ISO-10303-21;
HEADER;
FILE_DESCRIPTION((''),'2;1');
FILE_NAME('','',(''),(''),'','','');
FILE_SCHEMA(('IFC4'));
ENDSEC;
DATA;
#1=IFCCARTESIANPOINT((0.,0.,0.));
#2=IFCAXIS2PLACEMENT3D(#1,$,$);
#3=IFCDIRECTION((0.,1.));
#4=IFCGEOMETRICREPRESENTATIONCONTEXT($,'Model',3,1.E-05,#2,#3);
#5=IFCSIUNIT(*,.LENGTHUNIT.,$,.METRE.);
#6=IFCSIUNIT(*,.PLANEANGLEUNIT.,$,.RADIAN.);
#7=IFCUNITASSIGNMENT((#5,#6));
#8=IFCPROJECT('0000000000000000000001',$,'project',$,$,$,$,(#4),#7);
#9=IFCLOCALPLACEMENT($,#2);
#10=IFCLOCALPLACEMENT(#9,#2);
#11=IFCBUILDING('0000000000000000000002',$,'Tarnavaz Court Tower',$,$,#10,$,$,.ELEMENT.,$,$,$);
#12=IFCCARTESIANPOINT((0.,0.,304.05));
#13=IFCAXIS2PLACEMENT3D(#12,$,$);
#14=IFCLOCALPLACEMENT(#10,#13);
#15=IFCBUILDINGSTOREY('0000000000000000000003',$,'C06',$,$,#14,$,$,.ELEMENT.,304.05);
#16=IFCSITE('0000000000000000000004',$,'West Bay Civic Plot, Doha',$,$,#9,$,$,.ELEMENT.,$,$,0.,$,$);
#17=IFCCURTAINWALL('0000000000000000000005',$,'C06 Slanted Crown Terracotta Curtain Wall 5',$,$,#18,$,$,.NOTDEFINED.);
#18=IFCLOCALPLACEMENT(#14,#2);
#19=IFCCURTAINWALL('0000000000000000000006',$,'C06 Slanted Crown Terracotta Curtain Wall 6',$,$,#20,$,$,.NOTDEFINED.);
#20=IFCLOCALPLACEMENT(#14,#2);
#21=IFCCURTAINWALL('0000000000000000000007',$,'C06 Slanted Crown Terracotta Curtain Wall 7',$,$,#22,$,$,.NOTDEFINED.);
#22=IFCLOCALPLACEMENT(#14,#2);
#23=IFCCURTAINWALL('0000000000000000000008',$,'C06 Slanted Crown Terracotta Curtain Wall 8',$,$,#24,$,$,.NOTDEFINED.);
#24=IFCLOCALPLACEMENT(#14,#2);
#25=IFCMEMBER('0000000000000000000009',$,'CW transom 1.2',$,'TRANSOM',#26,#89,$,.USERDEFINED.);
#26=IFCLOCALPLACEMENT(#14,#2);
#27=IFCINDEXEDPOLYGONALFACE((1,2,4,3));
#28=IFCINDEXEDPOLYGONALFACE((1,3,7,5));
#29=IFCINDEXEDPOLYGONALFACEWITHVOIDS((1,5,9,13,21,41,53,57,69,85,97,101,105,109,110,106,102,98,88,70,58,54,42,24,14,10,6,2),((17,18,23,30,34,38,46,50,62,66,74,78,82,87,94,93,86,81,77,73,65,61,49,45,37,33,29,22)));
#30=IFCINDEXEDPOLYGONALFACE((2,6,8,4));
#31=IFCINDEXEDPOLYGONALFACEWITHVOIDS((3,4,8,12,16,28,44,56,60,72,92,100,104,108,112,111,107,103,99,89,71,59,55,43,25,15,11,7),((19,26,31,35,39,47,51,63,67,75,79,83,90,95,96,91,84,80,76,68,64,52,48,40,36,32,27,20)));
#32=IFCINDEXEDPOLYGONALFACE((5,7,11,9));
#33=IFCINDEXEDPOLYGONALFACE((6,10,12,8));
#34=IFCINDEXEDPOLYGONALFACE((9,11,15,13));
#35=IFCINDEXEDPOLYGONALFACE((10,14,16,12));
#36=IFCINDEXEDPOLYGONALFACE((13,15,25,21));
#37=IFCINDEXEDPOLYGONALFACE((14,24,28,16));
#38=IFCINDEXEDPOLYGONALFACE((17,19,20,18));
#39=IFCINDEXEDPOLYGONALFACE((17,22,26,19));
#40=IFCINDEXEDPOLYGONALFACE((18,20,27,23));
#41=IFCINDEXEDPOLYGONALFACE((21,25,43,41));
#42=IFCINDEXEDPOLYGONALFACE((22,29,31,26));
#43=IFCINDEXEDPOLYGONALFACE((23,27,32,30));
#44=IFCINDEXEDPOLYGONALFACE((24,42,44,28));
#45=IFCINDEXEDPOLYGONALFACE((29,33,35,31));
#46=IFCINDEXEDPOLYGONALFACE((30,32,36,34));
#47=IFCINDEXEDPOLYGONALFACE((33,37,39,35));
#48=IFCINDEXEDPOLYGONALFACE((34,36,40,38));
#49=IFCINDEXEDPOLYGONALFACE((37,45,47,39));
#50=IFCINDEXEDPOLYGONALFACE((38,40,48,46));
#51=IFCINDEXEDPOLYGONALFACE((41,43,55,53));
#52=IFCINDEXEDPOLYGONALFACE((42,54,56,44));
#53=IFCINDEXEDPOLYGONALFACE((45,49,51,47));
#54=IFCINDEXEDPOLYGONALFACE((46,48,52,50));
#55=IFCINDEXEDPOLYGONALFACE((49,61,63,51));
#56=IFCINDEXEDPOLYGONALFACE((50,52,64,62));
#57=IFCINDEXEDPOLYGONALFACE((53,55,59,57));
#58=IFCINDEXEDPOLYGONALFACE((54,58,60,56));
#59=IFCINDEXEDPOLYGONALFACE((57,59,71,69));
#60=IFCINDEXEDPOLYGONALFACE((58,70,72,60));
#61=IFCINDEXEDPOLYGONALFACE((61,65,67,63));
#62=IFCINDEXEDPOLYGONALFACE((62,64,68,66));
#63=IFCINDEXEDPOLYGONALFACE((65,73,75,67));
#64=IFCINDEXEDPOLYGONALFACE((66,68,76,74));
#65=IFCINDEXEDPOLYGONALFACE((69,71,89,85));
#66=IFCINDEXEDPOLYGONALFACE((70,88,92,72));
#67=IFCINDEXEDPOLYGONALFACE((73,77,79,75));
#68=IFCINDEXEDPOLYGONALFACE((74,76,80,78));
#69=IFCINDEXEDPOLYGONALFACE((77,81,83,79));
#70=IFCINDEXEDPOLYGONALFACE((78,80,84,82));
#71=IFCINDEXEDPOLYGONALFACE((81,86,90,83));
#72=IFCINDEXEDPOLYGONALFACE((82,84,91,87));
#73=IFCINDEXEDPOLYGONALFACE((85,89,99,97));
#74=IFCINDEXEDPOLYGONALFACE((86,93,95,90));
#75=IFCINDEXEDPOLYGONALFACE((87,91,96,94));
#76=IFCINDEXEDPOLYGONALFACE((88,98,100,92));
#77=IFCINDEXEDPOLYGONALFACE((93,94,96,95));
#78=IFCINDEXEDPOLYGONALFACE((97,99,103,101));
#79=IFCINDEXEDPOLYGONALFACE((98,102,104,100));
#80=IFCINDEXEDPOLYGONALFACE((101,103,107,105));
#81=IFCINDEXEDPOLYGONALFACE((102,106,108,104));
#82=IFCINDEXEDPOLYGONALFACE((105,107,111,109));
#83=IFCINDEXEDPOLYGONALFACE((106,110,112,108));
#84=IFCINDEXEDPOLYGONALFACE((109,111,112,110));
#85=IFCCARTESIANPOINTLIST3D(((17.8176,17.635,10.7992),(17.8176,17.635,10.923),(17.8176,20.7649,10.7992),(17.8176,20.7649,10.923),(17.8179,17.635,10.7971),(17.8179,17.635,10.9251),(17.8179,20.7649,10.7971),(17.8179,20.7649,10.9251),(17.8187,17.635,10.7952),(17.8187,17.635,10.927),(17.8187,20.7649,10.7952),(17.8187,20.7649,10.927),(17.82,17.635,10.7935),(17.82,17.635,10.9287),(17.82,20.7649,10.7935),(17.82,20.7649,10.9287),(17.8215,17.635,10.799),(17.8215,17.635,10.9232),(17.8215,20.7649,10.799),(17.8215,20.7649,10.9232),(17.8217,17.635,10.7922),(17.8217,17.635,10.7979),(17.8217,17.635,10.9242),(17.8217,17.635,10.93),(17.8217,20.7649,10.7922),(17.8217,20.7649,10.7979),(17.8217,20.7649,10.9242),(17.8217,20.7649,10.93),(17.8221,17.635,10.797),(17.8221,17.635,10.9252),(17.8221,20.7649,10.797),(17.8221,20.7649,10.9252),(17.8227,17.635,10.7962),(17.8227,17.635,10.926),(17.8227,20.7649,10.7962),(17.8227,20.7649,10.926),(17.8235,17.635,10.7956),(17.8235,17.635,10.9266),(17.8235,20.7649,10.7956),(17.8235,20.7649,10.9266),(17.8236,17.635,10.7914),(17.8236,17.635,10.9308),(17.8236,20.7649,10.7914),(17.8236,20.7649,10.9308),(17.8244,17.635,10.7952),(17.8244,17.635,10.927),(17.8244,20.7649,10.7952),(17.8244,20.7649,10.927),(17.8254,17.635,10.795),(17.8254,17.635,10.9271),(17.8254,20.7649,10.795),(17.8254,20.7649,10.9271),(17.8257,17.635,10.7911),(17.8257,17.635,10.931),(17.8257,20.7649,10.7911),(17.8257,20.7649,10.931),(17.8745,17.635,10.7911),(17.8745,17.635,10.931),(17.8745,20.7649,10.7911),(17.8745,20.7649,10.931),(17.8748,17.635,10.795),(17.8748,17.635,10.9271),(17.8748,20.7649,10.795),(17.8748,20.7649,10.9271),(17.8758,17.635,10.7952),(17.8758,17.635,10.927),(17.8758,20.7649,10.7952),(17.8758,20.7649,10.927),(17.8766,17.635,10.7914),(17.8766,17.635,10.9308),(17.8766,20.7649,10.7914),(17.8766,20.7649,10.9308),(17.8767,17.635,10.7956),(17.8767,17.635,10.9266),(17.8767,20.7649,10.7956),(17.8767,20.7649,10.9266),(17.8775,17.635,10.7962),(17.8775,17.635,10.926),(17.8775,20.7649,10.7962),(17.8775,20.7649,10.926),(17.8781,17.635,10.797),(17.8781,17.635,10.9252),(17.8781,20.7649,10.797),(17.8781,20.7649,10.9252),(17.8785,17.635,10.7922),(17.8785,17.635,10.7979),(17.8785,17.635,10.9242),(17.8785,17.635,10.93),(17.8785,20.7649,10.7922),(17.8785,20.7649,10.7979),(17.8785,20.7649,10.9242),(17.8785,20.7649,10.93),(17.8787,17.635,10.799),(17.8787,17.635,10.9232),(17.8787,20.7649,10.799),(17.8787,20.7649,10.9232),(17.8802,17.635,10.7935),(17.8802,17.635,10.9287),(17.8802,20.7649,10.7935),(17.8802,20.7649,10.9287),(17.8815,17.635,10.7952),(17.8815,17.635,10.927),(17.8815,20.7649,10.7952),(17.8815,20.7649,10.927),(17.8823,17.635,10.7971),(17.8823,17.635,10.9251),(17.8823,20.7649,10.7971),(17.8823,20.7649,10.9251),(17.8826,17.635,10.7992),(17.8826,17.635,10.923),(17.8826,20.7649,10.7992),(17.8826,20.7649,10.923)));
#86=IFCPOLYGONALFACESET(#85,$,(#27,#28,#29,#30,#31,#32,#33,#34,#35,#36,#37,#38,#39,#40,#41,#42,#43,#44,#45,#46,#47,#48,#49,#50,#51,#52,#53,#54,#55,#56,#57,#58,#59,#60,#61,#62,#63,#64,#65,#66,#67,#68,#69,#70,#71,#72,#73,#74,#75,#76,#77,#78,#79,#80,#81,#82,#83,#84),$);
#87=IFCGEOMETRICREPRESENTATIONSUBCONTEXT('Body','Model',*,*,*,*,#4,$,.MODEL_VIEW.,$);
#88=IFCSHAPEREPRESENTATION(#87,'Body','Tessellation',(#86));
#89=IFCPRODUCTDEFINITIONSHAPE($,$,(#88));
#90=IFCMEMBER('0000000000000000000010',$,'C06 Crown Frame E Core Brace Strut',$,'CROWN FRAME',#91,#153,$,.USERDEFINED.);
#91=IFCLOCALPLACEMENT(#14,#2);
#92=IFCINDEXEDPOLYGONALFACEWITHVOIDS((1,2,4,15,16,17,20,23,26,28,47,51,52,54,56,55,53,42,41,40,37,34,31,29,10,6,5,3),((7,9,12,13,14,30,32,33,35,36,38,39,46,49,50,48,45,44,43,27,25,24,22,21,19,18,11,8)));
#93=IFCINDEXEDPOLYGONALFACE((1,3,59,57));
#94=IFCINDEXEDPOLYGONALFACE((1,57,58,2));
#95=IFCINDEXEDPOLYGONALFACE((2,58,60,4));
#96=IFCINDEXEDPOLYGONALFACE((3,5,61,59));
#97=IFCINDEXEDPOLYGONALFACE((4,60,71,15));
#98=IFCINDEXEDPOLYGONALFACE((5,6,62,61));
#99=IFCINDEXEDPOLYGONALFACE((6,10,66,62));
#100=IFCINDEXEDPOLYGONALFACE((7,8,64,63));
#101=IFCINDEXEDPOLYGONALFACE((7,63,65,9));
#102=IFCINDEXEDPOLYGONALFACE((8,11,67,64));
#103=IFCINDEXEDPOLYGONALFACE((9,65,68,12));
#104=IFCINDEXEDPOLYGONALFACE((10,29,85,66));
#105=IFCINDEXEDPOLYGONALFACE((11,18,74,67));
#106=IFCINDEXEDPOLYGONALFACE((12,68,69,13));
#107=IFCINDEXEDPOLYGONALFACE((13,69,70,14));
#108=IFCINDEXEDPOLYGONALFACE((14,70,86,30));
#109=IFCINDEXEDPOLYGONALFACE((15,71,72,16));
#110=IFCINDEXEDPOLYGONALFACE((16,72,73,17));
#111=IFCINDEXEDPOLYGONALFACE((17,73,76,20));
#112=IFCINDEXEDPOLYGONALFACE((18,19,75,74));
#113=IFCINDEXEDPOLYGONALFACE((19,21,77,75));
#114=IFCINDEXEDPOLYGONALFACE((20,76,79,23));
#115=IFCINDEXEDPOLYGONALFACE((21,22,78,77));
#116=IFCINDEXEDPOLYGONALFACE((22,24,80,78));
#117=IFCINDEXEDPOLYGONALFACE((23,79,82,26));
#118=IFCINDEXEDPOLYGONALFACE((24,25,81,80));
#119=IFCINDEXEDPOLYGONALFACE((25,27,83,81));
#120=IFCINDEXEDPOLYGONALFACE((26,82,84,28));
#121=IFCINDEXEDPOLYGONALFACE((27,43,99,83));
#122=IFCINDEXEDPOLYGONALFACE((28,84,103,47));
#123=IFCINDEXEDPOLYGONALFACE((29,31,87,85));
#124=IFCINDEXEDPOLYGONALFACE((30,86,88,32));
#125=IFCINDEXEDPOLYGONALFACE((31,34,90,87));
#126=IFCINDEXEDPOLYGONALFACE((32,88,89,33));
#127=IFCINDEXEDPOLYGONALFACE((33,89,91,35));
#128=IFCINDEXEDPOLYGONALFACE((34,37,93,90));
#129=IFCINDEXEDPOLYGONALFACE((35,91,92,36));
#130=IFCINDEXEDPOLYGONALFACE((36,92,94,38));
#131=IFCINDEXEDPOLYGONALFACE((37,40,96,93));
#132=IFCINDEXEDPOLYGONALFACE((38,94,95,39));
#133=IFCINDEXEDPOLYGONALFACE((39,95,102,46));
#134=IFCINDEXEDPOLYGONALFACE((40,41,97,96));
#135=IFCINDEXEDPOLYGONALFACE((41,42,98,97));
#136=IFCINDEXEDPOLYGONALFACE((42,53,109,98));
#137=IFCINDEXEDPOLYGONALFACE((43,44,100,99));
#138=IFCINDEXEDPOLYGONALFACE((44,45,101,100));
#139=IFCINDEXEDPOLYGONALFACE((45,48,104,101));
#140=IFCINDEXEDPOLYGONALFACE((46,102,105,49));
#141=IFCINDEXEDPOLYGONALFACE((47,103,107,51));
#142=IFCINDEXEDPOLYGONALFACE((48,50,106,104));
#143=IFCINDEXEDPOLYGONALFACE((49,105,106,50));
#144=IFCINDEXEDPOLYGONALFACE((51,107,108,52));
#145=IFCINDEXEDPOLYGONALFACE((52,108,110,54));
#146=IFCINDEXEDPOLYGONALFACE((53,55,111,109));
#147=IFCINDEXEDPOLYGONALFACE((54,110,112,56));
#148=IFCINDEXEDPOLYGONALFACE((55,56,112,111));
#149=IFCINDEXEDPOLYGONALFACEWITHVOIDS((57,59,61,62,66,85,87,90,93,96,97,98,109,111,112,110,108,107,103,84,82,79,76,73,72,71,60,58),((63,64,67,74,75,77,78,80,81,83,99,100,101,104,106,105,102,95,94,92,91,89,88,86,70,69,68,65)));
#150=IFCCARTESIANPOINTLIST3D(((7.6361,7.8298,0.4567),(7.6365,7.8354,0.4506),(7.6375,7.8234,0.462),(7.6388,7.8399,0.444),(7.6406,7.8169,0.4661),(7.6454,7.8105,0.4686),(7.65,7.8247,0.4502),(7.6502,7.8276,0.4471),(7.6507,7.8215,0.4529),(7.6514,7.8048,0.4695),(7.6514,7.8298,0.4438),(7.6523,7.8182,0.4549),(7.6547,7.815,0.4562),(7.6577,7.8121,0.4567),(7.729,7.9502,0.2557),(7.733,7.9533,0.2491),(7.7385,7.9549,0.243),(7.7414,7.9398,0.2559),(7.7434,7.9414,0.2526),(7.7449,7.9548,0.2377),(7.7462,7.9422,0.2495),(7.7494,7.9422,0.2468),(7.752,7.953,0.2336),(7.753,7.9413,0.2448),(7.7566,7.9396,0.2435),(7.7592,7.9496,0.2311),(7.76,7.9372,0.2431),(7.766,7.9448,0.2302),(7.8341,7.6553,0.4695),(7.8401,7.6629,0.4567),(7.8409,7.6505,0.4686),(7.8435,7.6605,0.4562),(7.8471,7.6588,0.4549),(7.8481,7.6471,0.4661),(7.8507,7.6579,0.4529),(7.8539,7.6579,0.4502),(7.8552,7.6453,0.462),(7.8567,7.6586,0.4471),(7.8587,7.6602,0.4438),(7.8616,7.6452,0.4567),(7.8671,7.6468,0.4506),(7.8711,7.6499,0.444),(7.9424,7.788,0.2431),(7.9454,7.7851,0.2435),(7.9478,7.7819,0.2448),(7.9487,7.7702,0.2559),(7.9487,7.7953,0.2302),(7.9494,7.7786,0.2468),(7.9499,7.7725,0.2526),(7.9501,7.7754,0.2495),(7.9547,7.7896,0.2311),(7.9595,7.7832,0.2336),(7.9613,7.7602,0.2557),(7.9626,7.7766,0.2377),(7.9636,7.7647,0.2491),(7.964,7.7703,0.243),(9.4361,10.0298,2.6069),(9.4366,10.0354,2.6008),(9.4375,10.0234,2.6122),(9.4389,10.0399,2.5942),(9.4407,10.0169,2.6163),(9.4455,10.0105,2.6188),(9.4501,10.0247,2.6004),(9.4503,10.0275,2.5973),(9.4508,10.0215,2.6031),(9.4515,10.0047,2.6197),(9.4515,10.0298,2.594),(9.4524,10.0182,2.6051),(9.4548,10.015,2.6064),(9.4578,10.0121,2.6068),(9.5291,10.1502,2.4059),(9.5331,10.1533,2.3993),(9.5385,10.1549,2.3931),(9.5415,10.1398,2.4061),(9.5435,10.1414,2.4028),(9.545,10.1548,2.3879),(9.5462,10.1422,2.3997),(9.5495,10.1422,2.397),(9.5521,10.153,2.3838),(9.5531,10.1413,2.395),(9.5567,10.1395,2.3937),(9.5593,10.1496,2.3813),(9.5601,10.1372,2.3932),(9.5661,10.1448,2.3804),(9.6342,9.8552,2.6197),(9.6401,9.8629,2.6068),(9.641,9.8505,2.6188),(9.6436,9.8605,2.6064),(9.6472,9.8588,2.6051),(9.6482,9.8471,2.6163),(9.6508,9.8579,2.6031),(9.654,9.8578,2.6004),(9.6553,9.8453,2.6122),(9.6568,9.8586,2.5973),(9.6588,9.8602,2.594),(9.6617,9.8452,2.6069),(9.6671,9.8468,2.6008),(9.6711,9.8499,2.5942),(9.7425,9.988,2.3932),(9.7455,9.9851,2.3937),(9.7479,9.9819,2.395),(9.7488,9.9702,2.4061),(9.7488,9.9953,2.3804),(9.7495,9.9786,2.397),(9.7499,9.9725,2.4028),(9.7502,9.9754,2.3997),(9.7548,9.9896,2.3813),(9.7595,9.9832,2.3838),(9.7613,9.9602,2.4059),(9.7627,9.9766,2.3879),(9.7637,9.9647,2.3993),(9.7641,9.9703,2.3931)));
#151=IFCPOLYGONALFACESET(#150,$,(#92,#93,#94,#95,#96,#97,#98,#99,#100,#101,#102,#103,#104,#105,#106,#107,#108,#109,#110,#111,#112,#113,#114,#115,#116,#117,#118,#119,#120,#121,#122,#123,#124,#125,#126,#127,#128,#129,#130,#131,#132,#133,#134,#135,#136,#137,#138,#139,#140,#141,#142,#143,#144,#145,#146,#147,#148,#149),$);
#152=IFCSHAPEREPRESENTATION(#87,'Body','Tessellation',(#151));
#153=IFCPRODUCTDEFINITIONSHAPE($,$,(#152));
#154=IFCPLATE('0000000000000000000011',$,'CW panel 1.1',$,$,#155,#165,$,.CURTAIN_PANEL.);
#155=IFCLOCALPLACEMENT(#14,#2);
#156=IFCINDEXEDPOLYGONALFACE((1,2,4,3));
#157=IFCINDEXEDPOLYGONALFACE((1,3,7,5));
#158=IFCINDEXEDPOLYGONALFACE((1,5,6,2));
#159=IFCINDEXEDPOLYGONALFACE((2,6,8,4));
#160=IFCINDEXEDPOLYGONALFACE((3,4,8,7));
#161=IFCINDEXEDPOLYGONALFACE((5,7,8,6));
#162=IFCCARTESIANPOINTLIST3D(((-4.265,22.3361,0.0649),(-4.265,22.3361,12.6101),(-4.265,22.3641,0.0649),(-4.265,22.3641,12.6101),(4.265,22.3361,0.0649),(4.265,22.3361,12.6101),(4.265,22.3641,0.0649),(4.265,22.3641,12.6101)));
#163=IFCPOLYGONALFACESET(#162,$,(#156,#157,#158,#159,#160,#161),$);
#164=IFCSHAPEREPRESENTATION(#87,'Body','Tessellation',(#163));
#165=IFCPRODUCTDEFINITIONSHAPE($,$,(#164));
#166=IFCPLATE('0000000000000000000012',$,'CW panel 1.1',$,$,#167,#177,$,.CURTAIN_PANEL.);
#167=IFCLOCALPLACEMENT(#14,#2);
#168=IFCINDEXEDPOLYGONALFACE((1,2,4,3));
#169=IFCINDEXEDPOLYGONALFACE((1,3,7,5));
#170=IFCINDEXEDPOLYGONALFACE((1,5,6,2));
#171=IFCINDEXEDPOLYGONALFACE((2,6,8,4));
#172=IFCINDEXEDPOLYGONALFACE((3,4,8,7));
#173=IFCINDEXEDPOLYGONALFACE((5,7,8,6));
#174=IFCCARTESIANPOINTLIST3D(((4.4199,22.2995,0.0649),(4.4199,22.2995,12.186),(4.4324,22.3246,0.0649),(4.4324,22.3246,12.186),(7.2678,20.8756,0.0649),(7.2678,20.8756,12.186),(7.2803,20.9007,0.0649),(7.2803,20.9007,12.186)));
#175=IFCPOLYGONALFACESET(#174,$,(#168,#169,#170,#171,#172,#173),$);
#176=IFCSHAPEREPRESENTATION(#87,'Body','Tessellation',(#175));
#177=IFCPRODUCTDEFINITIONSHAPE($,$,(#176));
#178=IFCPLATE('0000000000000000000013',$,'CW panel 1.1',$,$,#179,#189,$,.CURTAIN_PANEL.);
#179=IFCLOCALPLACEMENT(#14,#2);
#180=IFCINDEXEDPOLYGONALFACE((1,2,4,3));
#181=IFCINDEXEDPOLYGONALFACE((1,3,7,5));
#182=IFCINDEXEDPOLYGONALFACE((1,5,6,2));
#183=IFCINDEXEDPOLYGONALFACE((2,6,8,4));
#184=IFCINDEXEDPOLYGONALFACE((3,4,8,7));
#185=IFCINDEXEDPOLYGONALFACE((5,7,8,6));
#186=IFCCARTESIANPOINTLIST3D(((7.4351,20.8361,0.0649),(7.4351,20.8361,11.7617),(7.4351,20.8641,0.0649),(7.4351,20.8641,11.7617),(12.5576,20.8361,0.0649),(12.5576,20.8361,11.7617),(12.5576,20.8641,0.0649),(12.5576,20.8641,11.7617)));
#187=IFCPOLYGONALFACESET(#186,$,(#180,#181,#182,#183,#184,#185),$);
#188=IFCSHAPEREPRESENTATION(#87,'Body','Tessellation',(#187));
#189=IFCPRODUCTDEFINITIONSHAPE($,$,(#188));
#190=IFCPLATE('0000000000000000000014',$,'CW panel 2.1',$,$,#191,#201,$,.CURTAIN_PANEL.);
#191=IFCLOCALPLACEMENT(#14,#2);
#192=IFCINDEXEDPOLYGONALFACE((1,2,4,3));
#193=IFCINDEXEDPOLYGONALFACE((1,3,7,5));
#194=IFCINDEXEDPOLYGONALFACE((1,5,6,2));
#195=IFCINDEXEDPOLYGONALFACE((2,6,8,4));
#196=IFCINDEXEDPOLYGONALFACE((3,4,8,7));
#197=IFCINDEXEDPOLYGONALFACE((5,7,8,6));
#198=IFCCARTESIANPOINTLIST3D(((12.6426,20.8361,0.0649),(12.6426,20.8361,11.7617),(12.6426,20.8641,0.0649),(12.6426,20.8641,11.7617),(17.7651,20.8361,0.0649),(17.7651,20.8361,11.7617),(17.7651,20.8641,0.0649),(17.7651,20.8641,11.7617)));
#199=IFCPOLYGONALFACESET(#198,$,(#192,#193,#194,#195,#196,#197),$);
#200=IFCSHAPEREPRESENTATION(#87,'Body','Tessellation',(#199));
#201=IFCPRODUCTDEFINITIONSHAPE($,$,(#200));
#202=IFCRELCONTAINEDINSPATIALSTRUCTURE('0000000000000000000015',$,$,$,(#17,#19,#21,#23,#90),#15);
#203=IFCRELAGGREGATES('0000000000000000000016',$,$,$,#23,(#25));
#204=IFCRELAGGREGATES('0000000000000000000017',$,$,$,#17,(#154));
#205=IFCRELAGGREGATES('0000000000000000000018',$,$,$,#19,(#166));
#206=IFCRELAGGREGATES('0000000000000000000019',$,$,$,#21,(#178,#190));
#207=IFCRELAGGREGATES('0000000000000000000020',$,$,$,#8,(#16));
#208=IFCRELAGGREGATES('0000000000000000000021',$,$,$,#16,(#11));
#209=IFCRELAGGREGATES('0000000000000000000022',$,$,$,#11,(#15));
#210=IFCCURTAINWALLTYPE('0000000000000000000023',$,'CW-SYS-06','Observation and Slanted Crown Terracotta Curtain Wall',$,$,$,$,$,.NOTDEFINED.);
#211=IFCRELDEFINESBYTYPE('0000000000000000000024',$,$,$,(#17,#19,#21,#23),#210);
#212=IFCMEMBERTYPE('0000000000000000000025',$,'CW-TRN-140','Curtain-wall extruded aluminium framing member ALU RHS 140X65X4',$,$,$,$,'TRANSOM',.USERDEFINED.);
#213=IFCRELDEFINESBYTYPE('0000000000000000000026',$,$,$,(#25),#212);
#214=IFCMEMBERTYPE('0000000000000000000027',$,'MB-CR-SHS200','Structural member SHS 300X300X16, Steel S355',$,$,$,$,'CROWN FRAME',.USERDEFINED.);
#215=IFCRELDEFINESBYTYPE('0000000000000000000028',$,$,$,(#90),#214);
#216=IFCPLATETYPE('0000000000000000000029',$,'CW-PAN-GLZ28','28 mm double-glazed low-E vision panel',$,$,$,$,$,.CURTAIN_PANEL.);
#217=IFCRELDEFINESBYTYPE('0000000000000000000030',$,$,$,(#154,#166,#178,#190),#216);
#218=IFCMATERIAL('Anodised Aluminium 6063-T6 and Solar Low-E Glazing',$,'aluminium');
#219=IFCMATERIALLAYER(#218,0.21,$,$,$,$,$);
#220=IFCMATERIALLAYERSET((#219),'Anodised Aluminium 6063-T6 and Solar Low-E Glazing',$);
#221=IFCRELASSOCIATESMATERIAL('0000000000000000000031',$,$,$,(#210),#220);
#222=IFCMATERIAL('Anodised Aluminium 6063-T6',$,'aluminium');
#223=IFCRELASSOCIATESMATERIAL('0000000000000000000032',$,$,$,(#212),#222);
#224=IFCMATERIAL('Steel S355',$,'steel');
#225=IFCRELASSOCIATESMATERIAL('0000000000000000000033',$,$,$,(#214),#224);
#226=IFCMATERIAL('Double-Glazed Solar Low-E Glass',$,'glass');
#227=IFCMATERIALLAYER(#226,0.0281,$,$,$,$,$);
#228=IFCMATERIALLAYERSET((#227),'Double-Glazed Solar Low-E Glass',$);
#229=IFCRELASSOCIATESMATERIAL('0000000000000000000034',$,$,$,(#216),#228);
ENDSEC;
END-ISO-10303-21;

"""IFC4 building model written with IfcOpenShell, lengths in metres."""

from ifc_helpers import new_model, si_unit, direction, frame, origin, origin_2d, place, context, subcontext, project, spatial, rectangle, hollow_rectangle, extrude, material, layer, layer_set, material_profile, profile_set, type_object, element, aggregate, save


model = new_model("IFC4")

# Units and contexts
model_context = context("Model", 3, precision=1e-05, world=origin(), true_north=direction((0.0, 1.0)))
body_context = subcontext(model_context, "Body", "Model", "MODEL_VIEW")
ifc_project = project(units=[si_unit("LENGTHUNIT", "METRE"), si_unit("PLANEANGLEUNIT", "RADIAN")], contexts=[model_context])

# Site, building, storey
site_placement = place(None, origin())
site = spatial("IfcSite", under=ifc_project, at=site_placement, Name="West Bay Civic Plot, Doha", CompositionType="ELEMENT", RefElevation=0.0)
building_placement = place(site_placement, origin())
building = spatial("IfcBuilding", under=site, at=building_placement, Name="Tarnavaz Court Tower", CompositionType="ELEMENT")
storey_placement = place(building_placement, frame((0.0, 0.0, 304.05)))
storey = spatial("IfcBuildingStorey", under=building, at=storey_placement, Name="C06", CompositionType="ELEMENT", Elevation=304.05)

# Shared definitions
ifc_material_1 = material(Name="Steel S355", Category="steel")

# Curtain wall
ifc_material_2 = material(Name="Anodised Aluminium 6063-T6 and Solar Low-E Glazing", Category="aluminium")
ifc_layer_1 = layer(ifc_material_2, 0.21)
ifc_layer_set_1 = layer_set([ifc_layer_1], Name="Anodised Aluminium 6063-T6 and Solar Low-E Glazing")
curtain_wall_type = type_object("IfcCurtainWallType", Name="CW-SYS-06", Description="Observation and Slanted Crown Terracotta Curtain Wall", PredefinedType="NOTDEFINED", material=ifc_layer_set_1)
curtain_wall_1_placement = place(storey_placement, origin())
curtain_wall_1 = element("IfcCurtainWall", 1, at=curtain_wall_1_placement, inside=storey, type_object=curtain_wall_type, Name="C06 Slanted Crown Terracotta Curtain Wall 5", PredefinedType="NOTDEFINED")
ifc_material_3 = material(Name="Anodised Aluminium 6063-T6", Category="aluminium")

# Curtain walls
curtain_wall_2_placement = place(storey_placement, origin())
curtain_wall_2 = element("IfcCurtainWall", 2, at=curtain_wall_2_placement, inside=storey, type_object=curtain_wall_type, Name="C06 Slanted Crown Terracotta Curtain Wall 6", PredefinedType="NOTDEFINED")
curtain_wall_3_placement = place(storey_placement, origin())
curtain_wall_3 = element("IfcCurtainWall", 3, at=curtain_wall_3_placement, inside=storey, type_object=curtain_wall_type, Name="C06 Slanted Crown Terracotta Curtain Wall 7", PredefinedType="NOTDEFINED")
curtain_wall_4_placement = place(storey_placement, origin())
curtain_wall_4 = element("IfcCurtainWall", 4, at=curtain_wall_4_placement, inside=storey, type_object=curtain_wall_type, Name="C06 Slanted Crown Terracotta Curtain Wall 8", PredefinedType="NOTDEFINED")

# Members
ifc_material_profile_1 = material_profile(ifc_material_3, hollow_rectangle(XDim=0.0649, YDim=0.1399, WallThickness=0.0039, InnerFilletRadius=0.0039, OuterFilletRadius=0.0081, at=origin_2d()), Name="ALU RHS 140X65X4")
ifc_profile_set_1 = profile_set([ifc_material_profile_1], Name="Anodised Aluminium 6063-T6")
member_type_1 = type_object("IfcMemberType", Name="CW-TRN-140", Description="Curtain-wall extruded aluminium framing member ALU RHS 140X65X4", ElementType="TRANSOM", PredefinedType="USERDEFINED", material=ifc_profile_set_1)
member_1_placement = place(storey_placement, frame((17.8501, 20.7649, 10.8611), z_axis=(0.0, -1.0, 0.0), x_axis=(1.0, 0.0, 0.0)))
member_1 = element("IfcMember", 5, at=member_1_placement, type_object=member_type_1, Name="CW transom 1.2", ObjectType="TRANSOM", PredefinedType="USERDEFINED", context=body_context, shape_type="SweptSolid", body=[
    extrude(hollow_rectangle(XDim=0.0649, YDim=0.1399, WallThickness=0.0039, InnerFilletRadius=0.0039, OuterFilletRadius=0.0081, at=origin_2d()), origin(), (0.0, 0.0, 1.0), 3.1299),
])
aggregate(curtain_wall_4, [member_1])
ifc_material_profile_2 = material_profile(ifc_material_1, hollow_rectangle(XDim=0.3, YDim=0.3, WallThickness=0.0161, InnerFilletRadius=0.0161, OuterFilletRadius=0.032, at=origin_2d()), Name="SHS 300X300X16")
ifc_profile_set_2 = profile_set([ifc_material_profile_2], Name="Steel S355")
member_type_2 = type_object("IfcMemberType", Name="MB-CR-SHS200", Description="Structural member SHS 300X300X16, Steel S355", ElementType="CROWN FRAME", PredefinedType="USERDEFINED", material=ifc_profile_set_2)
member_2_placement = place(storey_placement, frame((7.8, 7.8, 0.3499), z_axis=(0.505044, 0.617246, 0.603272), x_axis=(-0.773942, 0.633256, 0.0)))
element("IfcMember", 6, at=member_2_placement, inside=storey, type_object=member_type_2, Name="C06 Crown Frame E Core Brace Strut", ObjectType="CROWN FRAME", PredefinedType="USERDEFINED", context=body_context, shape_type="SweptSolid", body=[
    extrude(hollow_rectangle(XDim=0.3, YDim=0.3, WallThickness=0.0161, InnerFilletRadius=0.0161, OuterFilletRadius=0.032, at=origin_2d()), origin(), (0.0, 0.0, 1.0), 3.5642),
])

# Plates
ifc_material_4 = material(Name="Double-Glazed Solar Low-E Glass", Category="glass")
ifc_layer_2 = layer(ifc_material_4, 0.0281)
ifc_layer_set_2 = layer_set([ifc_layer_2], Name="Double-Glazed Solar Low-E Glass")
plate_type_1 = type_object("IfcPlateType", Name="CW-PAN-GLZ28", Description="28 mm double-glazed low-E vision panel", PredefinedType="CURTAIN_PANEL", material=ifc_layer_set_2)
plate_1_placement = place(storey_placement, frame((0.0, 22.3501, 0.0649), z_axis=(0.0, 0.0, 1.0), x_axis=(1.0, 0.0, 0.0)))
plate_1 = element("IfcPlate", 7, at=plate_1_placement, type_object=plate_type_1, Name="CW panel 1.1", PredefinedType="CURTAIN_PANEL", context=body_context, shape_type="SweptSolid", body=[
    extrude(rectangle(XDim=8.53, YDim=0.0281, at=origin_2d()), origin(), (0.0, 0.0, 1.0), 12.5452),
])
aggregate(curtain_wall_1, [plate_1])
plate_2_placement = place(storey_placement, frame((5.8501, 21.6001, 0.0649), z_axis=(0.0, 0.0, 1.0), x_axis=(0.894427, -0.447214, 0.0)))
plate_2 = element("IfcPlate", 8, at=plate_2_placement, type_object=plate_type_1, Name="CW panel 1.1", PredefinedType="CURTAIN_PANEL", context=body_context, shape_type="SweptSolid", body=[
    extrude(rectangle(XDim=3.1841, YDim=0.0281, at=origin_2d()), origin(), (0.0, 0.0, 1.0), 12.1211),
])
aggregate(curtain_wall_2, [plate_2])
plate_3_placement = place(storey_placement, frame((9.9963, 20.8501, 0.0649), z_axis=(0.0, 0.0, 1.0), x_axis=(1.0, 0.0, 0.0)))
plate_3 = element("IfcPlate", 9, at=plate_3_placement, type_object=plate_type_1, Name="CW panel 1.1", PredefinedType="CURTAIN_PANEL", context=body_context, shape_type="SweptSolid", body=[
    extrude(rectangle(XDim=5.1226, YDim=0.0281, at=origin_2d()), origin(), (0.0, 0.0, 1.0), 11.6968),
])
plate_4_placement = place(storey_placement, frame((15.2039, 20.8501, 0.0649), z_axis=(0.0, 0.0, 1.0), x_axis=(1.0, 0.0, 0.0)))
plate_4 = element("IfcPlate", 10, at=plate_4_placement, type_object=plate_type_1, Name="CW panel 2.1", PredefinedType="CURTAIN_PANEL", context=body_context, shape_type="SweptSolid", body=[
    extrude(rectangle(XDim=5.1226, YDim=0.0281, at=origin_2d()), origin(), (0.0, 0.0, 1.0), 11.6968),
])
aggregate(curtain_wall_3, [plate_3, plate_4])

save(model, "model.ifc")
